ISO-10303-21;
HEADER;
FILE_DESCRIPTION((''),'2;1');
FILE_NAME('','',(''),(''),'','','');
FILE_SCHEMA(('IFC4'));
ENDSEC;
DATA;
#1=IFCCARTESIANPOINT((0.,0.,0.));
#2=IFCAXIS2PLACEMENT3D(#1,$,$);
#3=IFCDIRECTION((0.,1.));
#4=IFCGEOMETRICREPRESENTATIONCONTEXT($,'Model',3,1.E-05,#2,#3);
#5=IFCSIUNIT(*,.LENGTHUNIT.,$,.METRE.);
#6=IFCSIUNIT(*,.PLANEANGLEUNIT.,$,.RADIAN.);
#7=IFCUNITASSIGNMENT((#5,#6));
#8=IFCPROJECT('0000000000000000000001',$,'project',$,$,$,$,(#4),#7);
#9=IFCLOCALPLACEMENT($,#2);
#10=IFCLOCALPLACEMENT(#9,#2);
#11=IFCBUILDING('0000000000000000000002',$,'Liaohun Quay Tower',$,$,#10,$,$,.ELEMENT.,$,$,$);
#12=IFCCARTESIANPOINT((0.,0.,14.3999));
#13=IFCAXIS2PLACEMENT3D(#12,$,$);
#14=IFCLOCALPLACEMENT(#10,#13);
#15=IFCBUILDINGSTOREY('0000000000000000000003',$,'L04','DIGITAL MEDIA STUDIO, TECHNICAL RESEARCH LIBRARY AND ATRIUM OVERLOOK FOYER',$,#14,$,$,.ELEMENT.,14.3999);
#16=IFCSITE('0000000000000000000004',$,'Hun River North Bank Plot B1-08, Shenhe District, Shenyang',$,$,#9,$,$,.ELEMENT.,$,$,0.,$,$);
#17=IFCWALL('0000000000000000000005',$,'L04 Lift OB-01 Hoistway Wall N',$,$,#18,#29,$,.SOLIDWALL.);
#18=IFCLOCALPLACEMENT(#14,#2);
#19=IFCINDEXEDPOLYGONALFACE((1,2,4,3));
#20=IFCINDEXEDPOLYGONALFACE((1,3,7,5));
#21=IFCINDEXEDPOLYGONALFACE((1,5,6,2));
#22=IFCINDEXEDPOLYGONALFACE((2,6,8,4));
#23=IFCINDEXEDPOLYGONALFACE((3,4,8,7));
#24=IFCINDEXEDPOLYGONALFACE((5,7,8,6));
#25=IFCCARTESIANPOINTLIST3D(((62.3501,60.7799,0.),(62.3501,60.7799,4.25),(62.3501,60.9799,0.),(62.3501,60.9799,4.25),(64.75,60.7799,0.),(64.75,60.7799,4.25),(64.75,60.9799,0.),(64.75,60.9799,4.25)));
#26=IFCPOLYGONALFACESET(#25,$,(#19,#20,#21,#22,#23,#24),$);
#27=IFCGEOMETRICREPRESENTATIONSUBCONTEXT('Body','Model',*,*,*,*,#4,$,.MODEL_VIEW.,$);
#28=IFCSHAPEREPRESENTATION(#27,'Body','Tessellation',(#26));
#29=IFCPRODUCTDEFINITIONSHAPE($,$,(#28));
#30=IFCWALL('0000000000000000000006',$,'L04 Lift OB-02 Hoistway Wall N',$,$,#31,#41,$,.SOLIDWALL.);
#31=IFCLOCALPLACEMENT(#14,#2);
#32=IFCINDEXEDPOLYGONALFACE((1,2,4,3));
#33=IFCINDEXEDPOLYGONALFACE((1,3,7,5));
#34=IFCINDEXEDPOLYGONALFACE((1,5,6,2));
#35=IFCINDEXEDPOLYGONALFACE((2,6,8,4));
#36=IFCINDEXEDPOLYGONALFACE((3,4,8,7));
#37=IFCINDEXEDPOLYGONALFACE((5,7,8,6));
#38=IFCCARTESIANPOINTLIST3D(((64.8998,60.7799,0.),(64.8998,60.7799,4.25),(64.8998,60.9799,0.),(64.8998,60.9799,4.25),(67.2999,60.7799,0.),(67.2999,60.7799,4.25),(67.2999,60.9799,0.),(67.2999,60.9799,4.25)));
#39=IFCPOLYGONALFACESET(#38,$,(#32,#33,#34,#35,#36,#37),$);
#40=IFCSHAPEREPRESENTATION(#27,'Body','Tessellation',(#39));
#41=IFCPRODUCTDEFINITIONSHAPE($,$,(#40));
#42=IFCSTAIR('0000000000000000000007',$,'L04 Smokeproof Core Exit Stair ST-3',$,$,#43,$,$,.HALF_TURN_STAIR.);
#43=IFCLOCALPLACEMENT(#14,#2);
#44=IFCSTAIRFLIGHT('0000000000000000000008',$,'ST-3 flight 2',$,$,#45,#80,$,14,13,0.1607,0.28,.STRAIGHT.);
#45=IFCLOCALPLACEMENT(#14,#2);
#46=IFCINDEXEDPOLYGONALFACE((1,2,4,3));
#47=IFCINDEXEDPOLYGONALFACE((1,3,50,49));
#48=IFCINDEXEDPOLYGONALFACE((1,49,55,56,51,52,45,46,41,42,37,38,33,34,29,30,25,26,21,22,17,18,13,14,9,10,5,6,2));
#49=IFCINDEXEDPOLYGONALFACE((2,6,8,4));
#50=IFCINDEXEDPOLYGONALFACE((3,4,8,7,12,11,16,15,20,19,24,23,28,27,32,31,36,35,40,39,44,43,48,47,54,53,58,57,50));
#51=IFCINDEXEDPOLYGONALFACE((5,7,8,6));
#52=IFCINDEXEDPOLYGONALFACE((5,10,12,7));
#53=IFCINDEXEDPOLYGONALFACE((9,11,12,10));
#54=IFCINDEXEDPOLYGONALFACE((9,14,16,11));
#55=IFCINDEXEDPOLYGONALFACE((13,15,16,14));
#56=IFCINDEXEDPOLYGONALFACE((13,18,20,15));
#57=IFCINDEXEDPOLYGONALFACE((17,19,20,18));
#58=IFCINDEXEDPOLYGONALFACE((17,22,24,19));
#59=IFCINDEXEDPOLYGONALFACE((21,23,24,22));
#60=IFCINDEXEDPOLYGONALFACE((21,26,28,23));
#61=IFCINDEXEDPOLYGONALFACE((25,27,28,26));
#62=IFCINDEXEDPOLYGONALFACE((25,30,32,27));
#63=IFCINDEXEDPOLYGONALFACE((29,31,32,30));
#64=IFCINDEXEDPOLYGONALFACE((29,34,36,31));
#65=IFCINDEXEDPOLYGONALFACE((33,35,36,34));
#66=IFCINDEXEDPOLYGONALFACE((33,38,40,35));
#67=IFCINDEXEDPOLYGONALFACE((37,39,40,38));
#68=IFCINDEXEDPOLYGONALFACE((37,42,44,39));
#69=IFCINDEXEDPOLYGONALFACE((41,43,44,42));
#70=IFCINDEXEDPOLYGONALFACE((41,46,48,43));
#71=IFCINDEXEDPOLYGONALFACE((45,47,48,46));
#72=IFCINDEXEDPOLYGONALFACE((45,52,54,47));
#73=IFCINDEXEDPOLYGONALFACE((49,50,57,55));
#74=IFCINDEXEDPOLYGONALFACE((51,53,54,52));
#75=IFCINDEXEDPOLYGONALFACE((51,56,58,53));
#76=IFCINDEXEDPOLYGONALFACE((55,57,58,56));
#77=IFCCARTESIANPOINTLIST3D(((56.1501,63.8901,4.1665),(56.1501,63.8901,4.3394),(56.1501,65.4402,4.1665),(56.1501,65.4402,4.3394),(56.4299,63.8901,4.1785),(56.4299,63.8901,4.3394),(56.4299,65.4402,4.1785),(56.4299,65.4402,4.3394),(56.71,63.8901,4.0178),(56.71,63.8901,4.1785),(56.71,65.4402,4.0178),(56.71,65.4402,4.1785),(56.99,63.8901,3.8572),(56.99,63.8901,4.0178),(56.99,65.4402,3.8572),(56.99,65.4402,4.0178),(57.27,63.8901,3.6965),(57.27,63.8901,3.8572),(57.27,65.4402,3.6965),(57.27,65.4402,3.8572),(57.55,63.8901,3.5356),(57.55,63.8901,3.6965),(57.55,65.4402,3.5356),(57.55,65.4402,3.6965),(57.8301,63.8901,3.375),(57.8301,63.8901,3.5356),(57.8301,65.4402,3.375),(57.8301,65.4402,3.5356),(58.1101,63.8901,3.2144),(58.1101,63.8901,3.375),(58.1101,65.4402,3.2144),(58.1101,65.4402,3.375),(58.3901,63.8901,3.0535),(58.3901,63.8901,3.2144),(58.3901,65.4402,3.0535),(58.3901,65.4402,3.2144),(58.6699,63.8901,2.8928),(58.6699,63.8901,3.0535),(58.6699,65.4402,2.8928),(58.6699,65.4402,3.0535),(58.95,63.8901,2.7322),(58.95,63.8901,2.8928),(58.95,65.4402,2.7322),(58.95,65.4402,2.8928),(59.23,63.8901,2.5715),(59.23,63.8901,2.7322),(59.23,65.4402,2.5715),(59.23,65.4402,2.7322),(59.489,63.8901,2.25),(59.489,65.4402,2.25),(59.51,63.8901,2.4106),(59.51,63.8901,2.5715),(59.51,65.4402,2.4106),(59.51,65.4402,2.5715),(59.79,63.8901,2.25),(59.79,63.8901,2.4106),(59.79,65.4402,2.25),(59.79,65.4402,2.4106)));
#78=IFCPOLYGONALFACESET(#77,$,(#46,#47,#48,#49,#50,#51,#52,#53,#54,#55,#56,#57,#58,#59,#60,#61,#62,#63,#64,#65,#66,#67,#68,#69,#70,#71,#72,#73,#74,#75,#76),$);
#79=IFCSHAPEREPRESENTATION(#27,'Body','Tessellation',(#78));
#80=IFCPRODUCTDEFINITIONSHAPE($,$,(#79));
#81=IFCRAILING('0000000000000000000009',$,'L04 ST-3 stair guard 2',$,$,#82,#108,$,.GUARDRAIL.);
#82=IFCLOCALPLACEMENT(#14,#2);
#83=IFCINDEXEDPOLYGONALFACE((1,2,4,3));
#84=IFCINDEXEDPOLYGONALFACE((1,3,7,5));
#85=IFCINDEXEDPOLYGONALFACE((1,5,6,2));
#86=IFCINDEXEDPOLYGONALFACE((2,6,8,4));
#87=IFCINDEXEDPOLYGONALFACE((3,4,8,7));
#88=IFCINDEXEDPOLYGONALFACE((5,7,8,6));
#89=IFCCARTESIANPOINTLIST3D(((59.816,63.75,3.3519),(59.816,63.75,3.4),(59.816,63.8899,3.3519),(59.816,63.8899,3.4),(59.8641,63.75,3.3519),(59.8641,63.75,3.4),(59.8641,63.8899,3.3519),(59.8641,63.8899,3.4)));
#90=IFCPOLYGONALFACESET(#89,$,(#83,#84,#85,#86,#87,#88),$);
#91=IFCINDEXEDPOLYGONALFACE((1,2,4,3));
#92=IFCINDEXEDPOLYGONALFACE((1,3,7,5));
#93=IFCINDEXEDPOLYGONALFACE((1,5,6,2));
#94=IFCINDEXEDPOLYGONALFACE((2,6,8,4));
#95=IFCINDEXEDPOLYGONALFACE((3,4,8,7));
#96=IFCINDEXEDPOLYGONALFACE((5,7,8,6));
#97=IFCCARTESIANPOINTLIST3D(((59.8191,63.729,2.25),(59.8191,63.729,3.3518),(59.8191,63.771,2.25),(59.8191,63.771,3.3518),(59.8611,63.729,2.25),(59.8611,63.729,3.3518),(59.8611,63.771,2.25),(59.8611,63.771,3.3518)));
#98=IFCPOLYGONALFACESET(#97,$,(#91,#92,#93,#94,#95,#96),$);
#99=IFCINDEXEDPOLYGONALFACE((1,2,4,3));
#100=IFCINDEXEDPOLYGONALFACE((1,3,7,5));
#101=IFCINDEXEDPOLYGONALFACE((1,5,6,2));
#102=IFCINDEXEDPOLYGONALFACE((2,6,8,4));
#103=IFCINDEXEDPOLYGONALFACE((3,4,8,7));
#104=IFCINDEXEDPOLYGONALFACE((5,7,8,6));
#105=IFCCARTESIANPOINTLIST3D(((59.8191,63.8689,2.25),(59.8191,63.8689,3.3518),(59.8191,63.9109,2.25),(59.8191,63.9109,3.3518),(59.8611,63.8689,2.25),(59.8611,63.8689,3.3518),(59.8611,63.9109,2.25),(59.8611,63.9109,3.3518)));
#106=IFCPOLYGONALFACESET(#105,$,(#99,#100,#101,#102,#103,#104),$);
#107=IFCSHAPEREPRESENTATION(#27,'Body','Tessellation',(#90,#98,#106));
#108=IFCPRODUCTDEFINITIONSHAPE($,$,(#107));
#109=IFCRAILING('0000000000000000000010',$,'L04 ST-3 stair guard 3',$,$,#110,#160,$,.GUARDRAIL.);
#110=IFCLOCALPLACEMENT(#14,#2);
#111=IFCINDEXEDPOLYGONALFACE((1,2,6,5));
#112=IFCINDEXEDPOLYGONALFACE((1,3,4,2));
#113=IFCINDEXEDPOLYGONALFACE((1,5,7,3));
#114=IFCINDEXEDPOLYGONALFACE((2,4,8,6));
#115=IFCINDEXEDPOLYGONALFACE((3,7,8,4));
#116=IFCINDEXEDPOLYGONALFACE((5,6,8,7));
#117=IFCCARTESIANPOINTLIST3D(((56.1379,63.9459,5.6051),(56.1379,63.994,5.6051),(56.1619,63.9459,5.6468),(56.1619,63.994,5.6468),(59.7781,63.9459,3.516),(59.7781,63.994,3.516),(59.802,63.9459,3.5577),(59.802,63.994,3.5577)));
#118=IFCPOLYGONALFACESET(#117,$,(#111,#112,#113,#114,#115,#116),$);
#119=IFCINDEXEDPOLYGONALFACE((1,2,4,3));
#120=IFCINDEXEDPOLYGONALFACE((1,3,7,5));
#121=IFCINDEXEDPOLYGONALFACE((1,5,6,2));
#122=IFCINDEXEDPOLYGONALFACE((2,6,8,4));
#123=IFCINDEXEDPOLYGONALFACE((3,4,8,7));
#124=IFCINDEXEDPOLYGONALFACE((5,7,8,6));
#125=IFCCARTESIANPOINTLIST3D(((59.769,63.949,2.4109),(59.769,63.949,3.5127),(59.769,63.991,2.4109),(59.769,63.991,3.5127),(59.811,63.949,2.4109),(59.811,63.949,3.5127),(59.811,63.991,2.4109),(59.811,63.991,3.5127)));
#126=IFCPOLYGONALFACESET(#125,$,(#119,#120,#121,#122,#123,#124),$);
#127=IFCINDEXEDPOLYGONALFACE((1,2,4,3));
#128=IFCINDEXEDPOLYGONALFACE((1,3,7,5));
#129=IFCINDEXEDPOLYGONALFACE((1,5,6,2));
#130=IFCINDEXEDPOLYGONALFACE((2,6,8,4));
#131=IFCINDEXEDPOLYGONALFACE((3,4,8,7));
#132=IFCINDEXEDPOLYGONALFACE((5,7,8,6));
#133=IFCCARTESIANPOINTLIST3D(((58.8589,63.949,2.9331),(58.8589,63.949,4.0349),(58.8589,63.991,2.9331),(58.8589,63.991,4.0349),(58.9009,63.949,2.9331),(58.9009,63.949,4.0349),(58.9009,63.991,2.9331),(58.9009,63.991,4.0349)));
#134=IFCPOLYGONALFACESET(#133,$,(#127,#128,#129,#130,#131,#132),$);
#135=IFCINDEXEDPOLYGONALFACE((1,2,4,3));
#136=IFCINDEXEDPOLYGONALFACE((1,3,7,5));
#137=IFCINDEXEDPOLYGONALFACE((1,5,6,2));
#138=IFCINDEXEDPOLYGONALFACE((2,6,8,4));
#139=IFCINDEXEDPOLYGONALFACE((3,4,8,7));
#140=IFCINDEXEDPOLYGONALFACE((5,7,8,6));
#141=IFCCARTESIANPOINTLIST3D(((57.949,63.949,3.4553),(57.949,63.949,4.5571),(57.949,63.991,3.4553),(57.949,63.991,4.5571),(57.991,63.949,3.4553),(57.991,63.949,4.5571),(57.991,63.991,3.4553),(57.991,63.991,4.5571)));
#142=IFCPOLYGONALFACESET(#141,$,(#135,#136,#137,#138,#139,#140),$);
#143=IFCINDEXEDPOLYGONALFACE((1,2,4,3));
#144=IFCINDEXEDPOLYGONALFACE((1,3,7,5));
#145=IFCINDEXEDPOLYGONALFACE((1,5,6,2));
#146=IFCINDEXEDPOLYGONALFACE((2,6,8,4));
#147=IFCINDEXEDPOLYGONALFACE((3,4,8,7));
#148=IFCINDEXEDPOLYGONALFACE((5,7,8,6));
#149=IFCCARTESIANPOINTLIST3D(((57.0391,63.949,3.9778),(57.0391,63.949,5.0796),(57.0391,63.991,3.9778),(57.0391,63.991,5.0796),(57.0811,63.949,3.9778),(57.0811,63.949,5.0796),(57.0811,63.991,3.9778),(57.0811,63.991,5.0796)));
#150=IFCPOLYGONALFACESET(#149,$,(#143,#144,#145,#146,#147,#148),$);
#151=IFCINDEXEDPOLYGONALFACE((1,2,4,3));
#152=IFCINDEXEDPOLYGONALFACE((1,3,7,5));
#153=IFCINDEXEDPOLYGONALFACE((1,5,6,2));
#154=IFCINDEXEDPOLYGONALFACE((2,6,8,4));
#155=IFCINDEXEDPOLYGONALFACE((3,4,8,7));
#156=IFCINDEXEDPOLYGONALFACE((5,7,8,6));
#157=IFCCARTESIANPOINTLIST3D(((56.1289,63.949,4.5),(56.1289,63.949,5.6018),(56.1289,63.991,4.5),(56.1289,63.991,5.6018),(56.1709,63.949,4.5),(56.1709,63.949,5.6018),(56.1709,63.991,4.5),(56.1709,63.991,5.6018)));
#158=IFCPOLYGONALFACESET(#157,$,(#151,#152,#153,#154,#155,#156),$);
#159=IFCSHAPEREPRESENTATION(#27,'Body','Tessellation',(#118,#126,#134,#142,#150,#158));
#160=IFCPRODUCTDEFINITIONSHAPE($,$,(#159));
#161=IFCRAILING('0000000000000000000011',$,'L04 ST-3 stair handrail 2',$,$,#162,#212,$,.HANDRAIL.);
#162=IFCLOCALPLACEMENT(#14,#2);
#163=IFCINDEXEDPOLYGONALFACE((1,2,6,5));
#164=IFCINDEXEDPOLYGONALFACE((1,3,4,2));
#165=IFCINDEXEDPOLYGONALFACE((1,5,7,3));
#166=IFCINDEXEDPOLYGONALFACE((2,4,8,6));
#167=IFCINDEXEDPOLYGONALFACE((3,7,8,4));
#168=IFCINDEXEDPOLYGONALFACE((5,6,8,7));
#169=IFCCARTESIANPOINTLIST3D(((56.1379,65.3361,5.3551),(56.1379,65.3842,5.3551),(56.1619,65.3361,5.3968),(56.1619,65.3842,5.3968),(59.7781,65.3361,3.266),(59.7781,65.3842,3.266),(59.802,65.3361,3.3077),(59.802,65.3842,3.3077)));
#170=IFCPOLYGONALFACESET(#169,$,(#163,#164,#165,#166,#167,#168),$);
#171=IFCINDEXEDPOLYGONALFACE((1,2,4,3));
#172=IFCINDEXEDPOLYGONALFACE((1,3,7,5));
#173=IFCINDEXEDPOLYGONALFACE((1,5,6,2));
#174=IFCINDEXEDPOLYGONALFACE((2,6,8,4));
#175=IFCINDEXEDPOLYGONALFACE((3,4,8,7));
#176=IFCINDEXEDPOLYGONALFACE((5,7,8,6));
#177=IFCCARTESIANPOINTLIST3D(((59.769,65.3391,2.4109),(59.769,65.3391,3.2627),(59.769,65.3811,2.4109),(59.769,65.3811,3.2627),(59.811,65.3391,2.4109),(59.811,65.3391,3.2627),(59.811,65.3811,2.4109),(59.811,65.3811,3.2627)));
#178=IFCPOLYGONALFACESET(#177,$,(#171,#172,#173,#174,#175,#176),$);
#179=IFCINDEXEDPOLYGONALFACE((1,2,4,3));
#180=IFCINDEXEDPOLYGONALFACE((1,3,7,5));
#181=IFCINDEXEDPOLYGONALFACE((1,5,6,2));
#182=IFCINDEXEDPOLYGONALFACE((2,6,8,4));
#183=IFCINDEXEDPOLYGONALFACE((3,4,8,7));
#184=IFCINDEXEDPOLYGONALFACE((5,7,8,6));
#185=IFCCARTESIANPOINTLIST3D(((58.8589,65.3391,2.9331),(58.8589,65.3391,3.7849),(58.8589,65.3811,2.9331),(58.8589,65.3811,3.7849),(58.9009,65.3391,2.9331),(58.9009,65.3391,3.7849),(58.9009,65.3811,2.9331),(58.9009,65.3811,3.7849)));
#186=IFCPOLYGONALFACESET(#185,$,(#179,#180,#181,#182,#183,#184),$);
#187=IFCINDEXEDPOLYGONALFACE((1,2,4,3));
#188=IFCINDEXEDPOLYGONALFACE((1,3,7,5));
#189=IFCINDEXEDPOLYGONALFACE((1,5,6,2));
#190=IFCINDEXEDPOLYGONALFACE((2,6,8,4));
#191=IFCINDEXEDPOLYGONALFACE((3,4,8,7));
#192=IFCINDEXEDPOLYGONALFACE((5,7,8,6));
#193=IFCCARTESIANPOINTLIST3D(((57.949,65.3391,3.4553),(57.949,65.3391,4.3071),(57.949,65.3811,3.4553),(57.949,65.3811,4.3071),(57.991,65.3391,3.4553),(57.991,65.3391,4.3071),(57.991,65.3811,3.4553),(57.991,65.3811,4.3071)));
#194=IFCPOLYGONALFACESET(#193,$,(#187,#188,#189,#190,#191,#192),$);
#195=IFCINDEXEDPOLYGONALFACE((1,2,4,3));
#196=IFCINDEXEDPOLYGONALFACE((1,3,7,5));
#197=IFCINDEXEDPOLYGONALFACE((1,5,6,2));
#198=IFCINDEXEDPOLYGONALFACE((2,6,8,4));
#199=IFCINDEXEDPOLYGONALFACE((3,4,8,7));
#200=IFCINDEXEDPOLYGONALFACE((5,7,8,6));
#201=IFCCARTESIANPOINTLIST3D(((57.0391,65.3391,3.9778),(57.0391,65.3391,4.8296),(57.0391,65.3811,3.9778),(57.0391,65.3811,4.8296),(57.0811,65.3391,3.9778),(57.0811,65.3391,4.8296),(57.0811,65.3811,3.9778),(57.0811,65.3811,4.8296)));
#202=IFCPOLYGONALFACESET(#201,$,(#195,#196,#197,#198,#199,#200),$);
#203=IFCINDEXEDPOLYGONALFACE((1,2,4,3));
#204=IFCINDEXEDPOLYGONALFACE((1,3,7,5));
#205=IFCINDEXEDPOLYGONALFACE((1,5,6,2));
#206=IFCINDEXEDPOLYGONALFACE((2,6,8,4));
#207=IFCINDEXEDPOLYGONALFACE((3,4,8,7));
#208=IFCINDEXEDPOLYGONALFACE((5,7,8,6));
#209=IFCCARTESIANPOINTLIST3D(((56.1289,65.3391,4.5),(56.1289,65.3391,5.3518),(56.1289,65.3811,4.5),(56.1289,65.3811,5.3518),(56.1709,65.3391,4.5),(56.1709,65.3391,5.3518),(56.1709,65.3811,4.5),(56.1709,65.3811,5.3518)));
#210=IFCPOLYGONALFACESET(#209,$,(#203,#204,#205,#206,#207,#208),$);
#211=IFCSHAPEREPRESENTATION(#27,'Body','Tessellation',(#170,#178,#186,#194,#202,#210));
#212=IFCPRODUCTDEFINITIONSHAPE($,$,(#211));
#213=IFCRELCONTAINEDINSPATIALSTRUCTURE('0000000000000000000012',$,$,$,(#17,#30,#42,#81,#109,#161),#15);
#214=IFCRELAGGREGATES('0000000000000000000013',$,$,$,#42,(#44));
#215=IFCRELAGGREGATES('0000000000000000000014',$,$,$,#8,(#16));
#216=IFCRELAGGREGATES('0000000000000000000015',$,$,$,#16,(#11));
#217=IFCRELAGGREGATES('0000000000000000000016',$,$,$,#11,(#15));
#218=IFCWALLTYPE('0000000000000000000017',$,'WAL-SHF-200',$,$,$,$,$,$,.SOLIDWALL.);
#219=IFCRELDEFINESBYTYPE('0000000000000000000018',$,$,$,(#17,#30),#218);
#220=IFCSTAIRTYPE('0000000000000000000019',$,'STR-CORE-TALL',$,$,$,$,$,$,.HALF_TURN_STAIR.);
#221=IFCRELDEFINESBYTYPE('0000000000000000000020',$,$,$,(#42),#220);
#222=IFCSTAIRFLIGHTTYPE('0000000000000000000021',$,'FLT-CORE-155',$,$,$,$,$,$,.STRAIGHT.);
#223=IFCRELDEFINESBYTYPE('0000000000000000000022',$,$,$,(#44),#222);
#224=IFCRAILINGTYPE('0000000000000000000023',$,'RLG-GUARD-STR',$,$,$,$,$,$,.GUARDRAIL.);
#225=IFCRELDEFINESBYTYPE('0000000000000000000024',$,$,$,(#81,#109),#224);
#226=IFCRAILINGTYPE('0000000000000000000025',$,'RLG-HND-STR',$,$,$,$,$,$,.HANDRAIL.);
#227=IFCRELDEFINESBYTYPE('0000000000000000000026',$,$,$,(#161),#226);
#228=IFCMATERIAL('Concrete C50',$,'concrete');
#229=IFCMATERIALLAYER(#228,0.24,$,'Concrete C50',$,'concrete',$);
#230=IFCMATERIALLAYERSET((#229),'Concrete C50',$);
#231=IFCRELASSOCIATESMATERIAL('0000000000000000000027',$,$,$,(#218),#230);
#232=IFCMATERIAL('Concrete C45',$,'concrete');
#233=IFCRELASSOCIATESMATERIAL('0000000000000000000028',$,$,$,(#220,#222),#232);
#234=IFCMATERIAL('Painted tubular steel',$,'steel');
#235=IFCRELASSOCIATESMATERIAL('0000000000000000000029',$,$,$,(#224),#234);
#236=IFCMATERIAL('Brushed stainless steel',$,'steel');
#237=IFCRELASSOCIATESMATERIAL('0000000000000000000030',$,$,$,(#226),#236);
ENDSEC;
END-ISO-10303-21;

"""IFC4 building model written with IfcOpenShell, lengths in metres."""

from ifc_helpers import new_model, si_unit, direction, frame, frame_2d, origin, origin_2d, place, context, subcontext, project, spatial, polyline, rectangle, outline, extrude, material, layer, layer_set, type_object, element, aggregate, save


model = new_model("IFC4")

# Units and contexts
model_context = context("Model", 3, precision=1e-05, world=origin(), true_north=direction((0.0, 1.0)))
body_context = subcontext(model_context, "Body", "Model", "MODEL_VIEW")
ifc_project = project(units=[si_unit("LENGTHUNIT", "METRE"), si_unit("PLANEANGLEUNIT", "RADIAN")], contexts=[model_context])

# Site, building, storey
site_placement = place(None, origin())
site = spatial("IfcSite", under=ifc_project, at=site_placement, Name="Hun River North Bank Plot B1-08, Shenhe District, Shenyang", CompositionType="ELEMENT", RefElevation=0.0)
building_placement = place(site_placement, origin())
building = spatial("IfcBuilding", under=site, at=building_placement, Name="Liaohun Quay Tower", CompositionType="ELEMENT")
storey_placement = place(building_placement, frame((0.0, 0.0, 14.3999)))
storey = spatial("IfcBuildingStorey", under=building, at=storey_placement, Name="L04", Description="DIGITAL MEDIA STUDIO, TECHNICAL RESEARCH LIBRARY AND ATRIUM OVERLOOK FOYER", CompositionType="ELEMENT", Elevation=14.3999)

# Shared definitions
ifc_material_1 = material(Name="Concrete C50", Category="concrete")
ifc_layer_1 = layer(ifc_material_1, 0.24, Name="Concrete C50", Category="concrete")
ifc_layer_set_1 = layer_set([ifc_layer_1], Name="Concrete C50")
wall_type_1 = type_object("IfcWallType", Name="WAL-SHF-200", PredefinedType="SOLIDWALL", material=ifc_layer_set_1)

# Walls
wall_1_placement = place(storey_placement, frame((64.75, 60.8799, 0.0), z_axis=(0.0, 0.0, 1.0), x_axis=(-1.0, 0.0, 0.0)))
element("IfcWall", 1, at=wall_1_placement, inside=storey, type_object=wall_type_1, Name="L04 Lift OB-01 Hoistway Wall N", PredefinedType="SOLIDWALL", context=body_context, shape_type="SweptSolid", body=[
    extrude(rectangle(XDim=2.3999, YDim=0.2, at=frame_2d((1.2, 0.0))), origin(), (0.0, 0.0, 1.0), 4.25),
])
wall_2_placement = place(storey_placement, frame((67.3, 60.8799, 0.0), z_axis=(0.0, 0.0, 1.0), x_axis=(-1.0, 0.0, 0.0)))
element("IfcWall", 2, at=wall_2_placement, inside=storey, type_object=wall_type_1, Name="L04 Lift OB-02 Hoistway Wall N", PredefinedType="SOLIDWALL", context=body_context, shape_type="SweptSolid", body=[
    extrude(rectangle(XDim=2.4001, YDim=0.2, at=frame_2d((1.2002, 0.0))), origin(), (0.0, 0.0, 1.0), 4.25),
])

# Stair, stair flight
ifc_material_2 = material(Name="Concrete C45", Category="concrete")
stair_type = type_object("IfcStairType", Name="STR-CORE-TALL", PredefinedType="HALF_TURN_STAIR", material=ifc_material_2)
stair_placement = place(storey_placement, origin())
stair = element("IfcStair", 3, at=stair_placement, inside=storey, type_object=stair_type, Name="L04 Smokeproof Core Exit Stair ST-3", PredefinedType="HALF_TURN_STAIR")
stair_flight_type = type_object("IfcStairFlightType", Name="FLT-CORE-155", PredefinedType="STRAIGHT", material=ifc_material_2)
stair_flight_placement = place(storey_placement, frame((59.79, 64.665, 2.25), z_axis=(0.0, 0.0, 1.0), x_axis=(-1.0, 0.0, 0.0)))
stair_flight = element("IfcStairFlight", 4, at=stair_flight_placement, type_object=stair_flight_type, Name="ST-3 flight 2", NumberOfRisers=14, NumberOfTreads=13, PredefinedType="STRAIGHT", RiserHeight=0.1607, TreadLength=0.28, context=body_context, shape_type="SweptSolid", body=[
    extrude(outline(polyline([(0.0, 0.0), (0.0, 0.1606), (0.28, 0.1606), (0.28, 0.3215), (0.5601, 0.3215), (0.5601, 0.4822), (0.8401, 0.4822), (0.8401, 0.6428), (1.1201, 0.6428), (1.1201, 0.8035), (1.3999, 0.8035), (1.3999, 0.9644), (1.6799, 0.9644), (1.6799, 1.125), (1.96, 1.125), (1.96, 1.2856), (2.24, 1.2856), (2.24, 1.4465), (2.52, 1.4465), (2.52, 1.6072), (2.8, 1.6072), (2.8, 1.7678), (3.0801, 1.7678), (3.0801, 1.9285), (3.3601, 1.9285), (3.3601, 2.0894), (3.6399, 2.0894), (3.6399, 2.25), (3.6399, 1.9165), (0.301, 0.0), (0.0, 0.0)])), frame((0.0, 0.7749, 0.0), z_axis=(0.0, -1.0, 0.0), x_axis=(1.0, 0.0, 0.0)), (0.0, 0.0, 1.0), 1.55),
])
aggregate(stair, [stair_flight])

# Railings
ifc_material_3 = material(Name="Painted tubular steel", Category="steel")
railing_type_1 = type_object("IfcRailingType", Name="RLG-GUARD-STR", PredefinedType="GUARDRAIL", material=ifc_material_3)
railing_1_placement = place(storey_placement, frame((59.8401, 63.75, 2.25)))
element("IfcRailing", 5, at=railing_1_placement, inside=storey, type_object=railing_type_1, Name="L04 ST-3 stair guard 2", PredefinedType="GUARDRAIL", context=body_context, shape_type="SweptSolid", body=[
    extrude(rectangle(XDim=0.0481, YDim=0.0481, at=origin_2d()), frame((0.0, 0.0, 1.126), z_axis=(0.0, 1.0, 0.0), x_axis=(-1.0, 0.0, 0.0)), (0.0, 0.0, 1.0), 0.1399),
    extrude(rectangle(XDim=0.042, YDim=0.042, at=origin_2d()), origin(), (0.0, 0.0, 1.0), 1.1018),
    extrude(rectangle(XDim=0.042, YDim=0.042, at=origin_2d()), frame((0.0, 0.1399, 0.0)), (0.0, 0.0, 1.0), 1.1018),
])
railing_2_placement = place(storey_placement, frame((59.79, 63.97, 2.4109)))
element("IfcRailing", 6, at=railing_2_placement, inside=storey, type_object=railing_type_1, Name="L04 ST-3 stair guard 3", PredefinedType="GUARDRAIL", context=body_context, shape_type="SweptSolid", body=[
    extrude(rectangle(XDim=0.0481, YDim=0.0481, at=origin_2d()), frame((0.0, 0.0, 1.126), z_axis=(-0.867314, 0.0, 0.497761), x_axis=(0.0, -1.0, 0.0)), (0.0, 0.0, 1.0), 4.197),
    extrude(rectangle(XDim=0.042, YDim=0.042, at=origin_2d()), origin(), (0.0, 0.0, 1.0), 1.1018),
    extrude(rectangle(XDim=0.042, YDim=0.042, at=origin_2d()), frame((-0.9102, 0.0, 0.5222)), (0.0, 0.0, 1.0), 1.1018),
    extrude(rectangle(XDim=0.042, YDim=0.042, at=origin_2d()), frame((-1.8201, 0.0, 1.0444)), (0.0, 0.0, 1.0), 1.1018),
    extrude(rectangle(XDim=0.042, YDim=0.042, at=origin_2d()), frame((-2.73, 0.0, 1.5669)), (0.0, 0.0, 1.0), 1.1018),
    extrude(rectangle(XDim=0.042, YDim=0.042, at=origin_2d()), frame((-3.6401, 0.0, 2.0891)), (0.0, 0.0, 1.0), 1.1018),
])
ifc_material_4 = material(Name="Brushed stainless steel", Category="steel")
railing_type_2 = type_object("IfcRailingType", Name="RLG-HND-STR", PredefinedType="HANDRAIL", material=ifc_material_4)
railing_3_placement = place(storey_placement, frame((59.79, 65.3601, 2.4109)))
element("IfcRailing", 7, at=railing_3_placement, inside=storey, type_object=railing_type_2, Name="L04 ST-3 stair handrail 2", PredefinedType="HANDRAIL", context=body_context, shape_type="SweptSolid", body=[
    extrude(rectangle(XDim=0.0481, YDim=0.0481, at=origin_2d()), frame((0.0, 0.0, 0.876), z_axis=(-0.867314, 0.0, 0.497761), x_axis=(0.0, -1.0, 0.0)), (0.0, 0.0, 1.0), 4.197),
    extrude(rectangle(XDim=0.042, YDim=0.042, at=origin_2d()), origin(), (0.0, 0.0, 1.0), 0.8518),
    extrude(rectangle(XDim=0.042, YDim=0.042, at=origin_2d()), frame((-0.9102, 0.0, 0.5222)), (0.0, 0.0, 1.0), 0.8518),
    extrude(rectangle(XDim=0.042, YDim=0.042, at=origin_2d()), frame((-1.8201, 0.0, 1.0444)), (0.0, 0.0, 1.0), 0.8518),
    extrude(rectangle(XDim=0.042, YDim=0.042, at=origin_2d()), frame((-2.73, 0.0, 1.5669)), (0.0, 0.0, 1.0), 0.8518),
    extrude(rectangle(XDim=0.042, YDim=0.042, at=origin_2d()), frame((-3.6401, 0.0, 2.0891)), (0.0, 0.0, 1.0), 0.8518),
])

save(model, "model.ifc")
